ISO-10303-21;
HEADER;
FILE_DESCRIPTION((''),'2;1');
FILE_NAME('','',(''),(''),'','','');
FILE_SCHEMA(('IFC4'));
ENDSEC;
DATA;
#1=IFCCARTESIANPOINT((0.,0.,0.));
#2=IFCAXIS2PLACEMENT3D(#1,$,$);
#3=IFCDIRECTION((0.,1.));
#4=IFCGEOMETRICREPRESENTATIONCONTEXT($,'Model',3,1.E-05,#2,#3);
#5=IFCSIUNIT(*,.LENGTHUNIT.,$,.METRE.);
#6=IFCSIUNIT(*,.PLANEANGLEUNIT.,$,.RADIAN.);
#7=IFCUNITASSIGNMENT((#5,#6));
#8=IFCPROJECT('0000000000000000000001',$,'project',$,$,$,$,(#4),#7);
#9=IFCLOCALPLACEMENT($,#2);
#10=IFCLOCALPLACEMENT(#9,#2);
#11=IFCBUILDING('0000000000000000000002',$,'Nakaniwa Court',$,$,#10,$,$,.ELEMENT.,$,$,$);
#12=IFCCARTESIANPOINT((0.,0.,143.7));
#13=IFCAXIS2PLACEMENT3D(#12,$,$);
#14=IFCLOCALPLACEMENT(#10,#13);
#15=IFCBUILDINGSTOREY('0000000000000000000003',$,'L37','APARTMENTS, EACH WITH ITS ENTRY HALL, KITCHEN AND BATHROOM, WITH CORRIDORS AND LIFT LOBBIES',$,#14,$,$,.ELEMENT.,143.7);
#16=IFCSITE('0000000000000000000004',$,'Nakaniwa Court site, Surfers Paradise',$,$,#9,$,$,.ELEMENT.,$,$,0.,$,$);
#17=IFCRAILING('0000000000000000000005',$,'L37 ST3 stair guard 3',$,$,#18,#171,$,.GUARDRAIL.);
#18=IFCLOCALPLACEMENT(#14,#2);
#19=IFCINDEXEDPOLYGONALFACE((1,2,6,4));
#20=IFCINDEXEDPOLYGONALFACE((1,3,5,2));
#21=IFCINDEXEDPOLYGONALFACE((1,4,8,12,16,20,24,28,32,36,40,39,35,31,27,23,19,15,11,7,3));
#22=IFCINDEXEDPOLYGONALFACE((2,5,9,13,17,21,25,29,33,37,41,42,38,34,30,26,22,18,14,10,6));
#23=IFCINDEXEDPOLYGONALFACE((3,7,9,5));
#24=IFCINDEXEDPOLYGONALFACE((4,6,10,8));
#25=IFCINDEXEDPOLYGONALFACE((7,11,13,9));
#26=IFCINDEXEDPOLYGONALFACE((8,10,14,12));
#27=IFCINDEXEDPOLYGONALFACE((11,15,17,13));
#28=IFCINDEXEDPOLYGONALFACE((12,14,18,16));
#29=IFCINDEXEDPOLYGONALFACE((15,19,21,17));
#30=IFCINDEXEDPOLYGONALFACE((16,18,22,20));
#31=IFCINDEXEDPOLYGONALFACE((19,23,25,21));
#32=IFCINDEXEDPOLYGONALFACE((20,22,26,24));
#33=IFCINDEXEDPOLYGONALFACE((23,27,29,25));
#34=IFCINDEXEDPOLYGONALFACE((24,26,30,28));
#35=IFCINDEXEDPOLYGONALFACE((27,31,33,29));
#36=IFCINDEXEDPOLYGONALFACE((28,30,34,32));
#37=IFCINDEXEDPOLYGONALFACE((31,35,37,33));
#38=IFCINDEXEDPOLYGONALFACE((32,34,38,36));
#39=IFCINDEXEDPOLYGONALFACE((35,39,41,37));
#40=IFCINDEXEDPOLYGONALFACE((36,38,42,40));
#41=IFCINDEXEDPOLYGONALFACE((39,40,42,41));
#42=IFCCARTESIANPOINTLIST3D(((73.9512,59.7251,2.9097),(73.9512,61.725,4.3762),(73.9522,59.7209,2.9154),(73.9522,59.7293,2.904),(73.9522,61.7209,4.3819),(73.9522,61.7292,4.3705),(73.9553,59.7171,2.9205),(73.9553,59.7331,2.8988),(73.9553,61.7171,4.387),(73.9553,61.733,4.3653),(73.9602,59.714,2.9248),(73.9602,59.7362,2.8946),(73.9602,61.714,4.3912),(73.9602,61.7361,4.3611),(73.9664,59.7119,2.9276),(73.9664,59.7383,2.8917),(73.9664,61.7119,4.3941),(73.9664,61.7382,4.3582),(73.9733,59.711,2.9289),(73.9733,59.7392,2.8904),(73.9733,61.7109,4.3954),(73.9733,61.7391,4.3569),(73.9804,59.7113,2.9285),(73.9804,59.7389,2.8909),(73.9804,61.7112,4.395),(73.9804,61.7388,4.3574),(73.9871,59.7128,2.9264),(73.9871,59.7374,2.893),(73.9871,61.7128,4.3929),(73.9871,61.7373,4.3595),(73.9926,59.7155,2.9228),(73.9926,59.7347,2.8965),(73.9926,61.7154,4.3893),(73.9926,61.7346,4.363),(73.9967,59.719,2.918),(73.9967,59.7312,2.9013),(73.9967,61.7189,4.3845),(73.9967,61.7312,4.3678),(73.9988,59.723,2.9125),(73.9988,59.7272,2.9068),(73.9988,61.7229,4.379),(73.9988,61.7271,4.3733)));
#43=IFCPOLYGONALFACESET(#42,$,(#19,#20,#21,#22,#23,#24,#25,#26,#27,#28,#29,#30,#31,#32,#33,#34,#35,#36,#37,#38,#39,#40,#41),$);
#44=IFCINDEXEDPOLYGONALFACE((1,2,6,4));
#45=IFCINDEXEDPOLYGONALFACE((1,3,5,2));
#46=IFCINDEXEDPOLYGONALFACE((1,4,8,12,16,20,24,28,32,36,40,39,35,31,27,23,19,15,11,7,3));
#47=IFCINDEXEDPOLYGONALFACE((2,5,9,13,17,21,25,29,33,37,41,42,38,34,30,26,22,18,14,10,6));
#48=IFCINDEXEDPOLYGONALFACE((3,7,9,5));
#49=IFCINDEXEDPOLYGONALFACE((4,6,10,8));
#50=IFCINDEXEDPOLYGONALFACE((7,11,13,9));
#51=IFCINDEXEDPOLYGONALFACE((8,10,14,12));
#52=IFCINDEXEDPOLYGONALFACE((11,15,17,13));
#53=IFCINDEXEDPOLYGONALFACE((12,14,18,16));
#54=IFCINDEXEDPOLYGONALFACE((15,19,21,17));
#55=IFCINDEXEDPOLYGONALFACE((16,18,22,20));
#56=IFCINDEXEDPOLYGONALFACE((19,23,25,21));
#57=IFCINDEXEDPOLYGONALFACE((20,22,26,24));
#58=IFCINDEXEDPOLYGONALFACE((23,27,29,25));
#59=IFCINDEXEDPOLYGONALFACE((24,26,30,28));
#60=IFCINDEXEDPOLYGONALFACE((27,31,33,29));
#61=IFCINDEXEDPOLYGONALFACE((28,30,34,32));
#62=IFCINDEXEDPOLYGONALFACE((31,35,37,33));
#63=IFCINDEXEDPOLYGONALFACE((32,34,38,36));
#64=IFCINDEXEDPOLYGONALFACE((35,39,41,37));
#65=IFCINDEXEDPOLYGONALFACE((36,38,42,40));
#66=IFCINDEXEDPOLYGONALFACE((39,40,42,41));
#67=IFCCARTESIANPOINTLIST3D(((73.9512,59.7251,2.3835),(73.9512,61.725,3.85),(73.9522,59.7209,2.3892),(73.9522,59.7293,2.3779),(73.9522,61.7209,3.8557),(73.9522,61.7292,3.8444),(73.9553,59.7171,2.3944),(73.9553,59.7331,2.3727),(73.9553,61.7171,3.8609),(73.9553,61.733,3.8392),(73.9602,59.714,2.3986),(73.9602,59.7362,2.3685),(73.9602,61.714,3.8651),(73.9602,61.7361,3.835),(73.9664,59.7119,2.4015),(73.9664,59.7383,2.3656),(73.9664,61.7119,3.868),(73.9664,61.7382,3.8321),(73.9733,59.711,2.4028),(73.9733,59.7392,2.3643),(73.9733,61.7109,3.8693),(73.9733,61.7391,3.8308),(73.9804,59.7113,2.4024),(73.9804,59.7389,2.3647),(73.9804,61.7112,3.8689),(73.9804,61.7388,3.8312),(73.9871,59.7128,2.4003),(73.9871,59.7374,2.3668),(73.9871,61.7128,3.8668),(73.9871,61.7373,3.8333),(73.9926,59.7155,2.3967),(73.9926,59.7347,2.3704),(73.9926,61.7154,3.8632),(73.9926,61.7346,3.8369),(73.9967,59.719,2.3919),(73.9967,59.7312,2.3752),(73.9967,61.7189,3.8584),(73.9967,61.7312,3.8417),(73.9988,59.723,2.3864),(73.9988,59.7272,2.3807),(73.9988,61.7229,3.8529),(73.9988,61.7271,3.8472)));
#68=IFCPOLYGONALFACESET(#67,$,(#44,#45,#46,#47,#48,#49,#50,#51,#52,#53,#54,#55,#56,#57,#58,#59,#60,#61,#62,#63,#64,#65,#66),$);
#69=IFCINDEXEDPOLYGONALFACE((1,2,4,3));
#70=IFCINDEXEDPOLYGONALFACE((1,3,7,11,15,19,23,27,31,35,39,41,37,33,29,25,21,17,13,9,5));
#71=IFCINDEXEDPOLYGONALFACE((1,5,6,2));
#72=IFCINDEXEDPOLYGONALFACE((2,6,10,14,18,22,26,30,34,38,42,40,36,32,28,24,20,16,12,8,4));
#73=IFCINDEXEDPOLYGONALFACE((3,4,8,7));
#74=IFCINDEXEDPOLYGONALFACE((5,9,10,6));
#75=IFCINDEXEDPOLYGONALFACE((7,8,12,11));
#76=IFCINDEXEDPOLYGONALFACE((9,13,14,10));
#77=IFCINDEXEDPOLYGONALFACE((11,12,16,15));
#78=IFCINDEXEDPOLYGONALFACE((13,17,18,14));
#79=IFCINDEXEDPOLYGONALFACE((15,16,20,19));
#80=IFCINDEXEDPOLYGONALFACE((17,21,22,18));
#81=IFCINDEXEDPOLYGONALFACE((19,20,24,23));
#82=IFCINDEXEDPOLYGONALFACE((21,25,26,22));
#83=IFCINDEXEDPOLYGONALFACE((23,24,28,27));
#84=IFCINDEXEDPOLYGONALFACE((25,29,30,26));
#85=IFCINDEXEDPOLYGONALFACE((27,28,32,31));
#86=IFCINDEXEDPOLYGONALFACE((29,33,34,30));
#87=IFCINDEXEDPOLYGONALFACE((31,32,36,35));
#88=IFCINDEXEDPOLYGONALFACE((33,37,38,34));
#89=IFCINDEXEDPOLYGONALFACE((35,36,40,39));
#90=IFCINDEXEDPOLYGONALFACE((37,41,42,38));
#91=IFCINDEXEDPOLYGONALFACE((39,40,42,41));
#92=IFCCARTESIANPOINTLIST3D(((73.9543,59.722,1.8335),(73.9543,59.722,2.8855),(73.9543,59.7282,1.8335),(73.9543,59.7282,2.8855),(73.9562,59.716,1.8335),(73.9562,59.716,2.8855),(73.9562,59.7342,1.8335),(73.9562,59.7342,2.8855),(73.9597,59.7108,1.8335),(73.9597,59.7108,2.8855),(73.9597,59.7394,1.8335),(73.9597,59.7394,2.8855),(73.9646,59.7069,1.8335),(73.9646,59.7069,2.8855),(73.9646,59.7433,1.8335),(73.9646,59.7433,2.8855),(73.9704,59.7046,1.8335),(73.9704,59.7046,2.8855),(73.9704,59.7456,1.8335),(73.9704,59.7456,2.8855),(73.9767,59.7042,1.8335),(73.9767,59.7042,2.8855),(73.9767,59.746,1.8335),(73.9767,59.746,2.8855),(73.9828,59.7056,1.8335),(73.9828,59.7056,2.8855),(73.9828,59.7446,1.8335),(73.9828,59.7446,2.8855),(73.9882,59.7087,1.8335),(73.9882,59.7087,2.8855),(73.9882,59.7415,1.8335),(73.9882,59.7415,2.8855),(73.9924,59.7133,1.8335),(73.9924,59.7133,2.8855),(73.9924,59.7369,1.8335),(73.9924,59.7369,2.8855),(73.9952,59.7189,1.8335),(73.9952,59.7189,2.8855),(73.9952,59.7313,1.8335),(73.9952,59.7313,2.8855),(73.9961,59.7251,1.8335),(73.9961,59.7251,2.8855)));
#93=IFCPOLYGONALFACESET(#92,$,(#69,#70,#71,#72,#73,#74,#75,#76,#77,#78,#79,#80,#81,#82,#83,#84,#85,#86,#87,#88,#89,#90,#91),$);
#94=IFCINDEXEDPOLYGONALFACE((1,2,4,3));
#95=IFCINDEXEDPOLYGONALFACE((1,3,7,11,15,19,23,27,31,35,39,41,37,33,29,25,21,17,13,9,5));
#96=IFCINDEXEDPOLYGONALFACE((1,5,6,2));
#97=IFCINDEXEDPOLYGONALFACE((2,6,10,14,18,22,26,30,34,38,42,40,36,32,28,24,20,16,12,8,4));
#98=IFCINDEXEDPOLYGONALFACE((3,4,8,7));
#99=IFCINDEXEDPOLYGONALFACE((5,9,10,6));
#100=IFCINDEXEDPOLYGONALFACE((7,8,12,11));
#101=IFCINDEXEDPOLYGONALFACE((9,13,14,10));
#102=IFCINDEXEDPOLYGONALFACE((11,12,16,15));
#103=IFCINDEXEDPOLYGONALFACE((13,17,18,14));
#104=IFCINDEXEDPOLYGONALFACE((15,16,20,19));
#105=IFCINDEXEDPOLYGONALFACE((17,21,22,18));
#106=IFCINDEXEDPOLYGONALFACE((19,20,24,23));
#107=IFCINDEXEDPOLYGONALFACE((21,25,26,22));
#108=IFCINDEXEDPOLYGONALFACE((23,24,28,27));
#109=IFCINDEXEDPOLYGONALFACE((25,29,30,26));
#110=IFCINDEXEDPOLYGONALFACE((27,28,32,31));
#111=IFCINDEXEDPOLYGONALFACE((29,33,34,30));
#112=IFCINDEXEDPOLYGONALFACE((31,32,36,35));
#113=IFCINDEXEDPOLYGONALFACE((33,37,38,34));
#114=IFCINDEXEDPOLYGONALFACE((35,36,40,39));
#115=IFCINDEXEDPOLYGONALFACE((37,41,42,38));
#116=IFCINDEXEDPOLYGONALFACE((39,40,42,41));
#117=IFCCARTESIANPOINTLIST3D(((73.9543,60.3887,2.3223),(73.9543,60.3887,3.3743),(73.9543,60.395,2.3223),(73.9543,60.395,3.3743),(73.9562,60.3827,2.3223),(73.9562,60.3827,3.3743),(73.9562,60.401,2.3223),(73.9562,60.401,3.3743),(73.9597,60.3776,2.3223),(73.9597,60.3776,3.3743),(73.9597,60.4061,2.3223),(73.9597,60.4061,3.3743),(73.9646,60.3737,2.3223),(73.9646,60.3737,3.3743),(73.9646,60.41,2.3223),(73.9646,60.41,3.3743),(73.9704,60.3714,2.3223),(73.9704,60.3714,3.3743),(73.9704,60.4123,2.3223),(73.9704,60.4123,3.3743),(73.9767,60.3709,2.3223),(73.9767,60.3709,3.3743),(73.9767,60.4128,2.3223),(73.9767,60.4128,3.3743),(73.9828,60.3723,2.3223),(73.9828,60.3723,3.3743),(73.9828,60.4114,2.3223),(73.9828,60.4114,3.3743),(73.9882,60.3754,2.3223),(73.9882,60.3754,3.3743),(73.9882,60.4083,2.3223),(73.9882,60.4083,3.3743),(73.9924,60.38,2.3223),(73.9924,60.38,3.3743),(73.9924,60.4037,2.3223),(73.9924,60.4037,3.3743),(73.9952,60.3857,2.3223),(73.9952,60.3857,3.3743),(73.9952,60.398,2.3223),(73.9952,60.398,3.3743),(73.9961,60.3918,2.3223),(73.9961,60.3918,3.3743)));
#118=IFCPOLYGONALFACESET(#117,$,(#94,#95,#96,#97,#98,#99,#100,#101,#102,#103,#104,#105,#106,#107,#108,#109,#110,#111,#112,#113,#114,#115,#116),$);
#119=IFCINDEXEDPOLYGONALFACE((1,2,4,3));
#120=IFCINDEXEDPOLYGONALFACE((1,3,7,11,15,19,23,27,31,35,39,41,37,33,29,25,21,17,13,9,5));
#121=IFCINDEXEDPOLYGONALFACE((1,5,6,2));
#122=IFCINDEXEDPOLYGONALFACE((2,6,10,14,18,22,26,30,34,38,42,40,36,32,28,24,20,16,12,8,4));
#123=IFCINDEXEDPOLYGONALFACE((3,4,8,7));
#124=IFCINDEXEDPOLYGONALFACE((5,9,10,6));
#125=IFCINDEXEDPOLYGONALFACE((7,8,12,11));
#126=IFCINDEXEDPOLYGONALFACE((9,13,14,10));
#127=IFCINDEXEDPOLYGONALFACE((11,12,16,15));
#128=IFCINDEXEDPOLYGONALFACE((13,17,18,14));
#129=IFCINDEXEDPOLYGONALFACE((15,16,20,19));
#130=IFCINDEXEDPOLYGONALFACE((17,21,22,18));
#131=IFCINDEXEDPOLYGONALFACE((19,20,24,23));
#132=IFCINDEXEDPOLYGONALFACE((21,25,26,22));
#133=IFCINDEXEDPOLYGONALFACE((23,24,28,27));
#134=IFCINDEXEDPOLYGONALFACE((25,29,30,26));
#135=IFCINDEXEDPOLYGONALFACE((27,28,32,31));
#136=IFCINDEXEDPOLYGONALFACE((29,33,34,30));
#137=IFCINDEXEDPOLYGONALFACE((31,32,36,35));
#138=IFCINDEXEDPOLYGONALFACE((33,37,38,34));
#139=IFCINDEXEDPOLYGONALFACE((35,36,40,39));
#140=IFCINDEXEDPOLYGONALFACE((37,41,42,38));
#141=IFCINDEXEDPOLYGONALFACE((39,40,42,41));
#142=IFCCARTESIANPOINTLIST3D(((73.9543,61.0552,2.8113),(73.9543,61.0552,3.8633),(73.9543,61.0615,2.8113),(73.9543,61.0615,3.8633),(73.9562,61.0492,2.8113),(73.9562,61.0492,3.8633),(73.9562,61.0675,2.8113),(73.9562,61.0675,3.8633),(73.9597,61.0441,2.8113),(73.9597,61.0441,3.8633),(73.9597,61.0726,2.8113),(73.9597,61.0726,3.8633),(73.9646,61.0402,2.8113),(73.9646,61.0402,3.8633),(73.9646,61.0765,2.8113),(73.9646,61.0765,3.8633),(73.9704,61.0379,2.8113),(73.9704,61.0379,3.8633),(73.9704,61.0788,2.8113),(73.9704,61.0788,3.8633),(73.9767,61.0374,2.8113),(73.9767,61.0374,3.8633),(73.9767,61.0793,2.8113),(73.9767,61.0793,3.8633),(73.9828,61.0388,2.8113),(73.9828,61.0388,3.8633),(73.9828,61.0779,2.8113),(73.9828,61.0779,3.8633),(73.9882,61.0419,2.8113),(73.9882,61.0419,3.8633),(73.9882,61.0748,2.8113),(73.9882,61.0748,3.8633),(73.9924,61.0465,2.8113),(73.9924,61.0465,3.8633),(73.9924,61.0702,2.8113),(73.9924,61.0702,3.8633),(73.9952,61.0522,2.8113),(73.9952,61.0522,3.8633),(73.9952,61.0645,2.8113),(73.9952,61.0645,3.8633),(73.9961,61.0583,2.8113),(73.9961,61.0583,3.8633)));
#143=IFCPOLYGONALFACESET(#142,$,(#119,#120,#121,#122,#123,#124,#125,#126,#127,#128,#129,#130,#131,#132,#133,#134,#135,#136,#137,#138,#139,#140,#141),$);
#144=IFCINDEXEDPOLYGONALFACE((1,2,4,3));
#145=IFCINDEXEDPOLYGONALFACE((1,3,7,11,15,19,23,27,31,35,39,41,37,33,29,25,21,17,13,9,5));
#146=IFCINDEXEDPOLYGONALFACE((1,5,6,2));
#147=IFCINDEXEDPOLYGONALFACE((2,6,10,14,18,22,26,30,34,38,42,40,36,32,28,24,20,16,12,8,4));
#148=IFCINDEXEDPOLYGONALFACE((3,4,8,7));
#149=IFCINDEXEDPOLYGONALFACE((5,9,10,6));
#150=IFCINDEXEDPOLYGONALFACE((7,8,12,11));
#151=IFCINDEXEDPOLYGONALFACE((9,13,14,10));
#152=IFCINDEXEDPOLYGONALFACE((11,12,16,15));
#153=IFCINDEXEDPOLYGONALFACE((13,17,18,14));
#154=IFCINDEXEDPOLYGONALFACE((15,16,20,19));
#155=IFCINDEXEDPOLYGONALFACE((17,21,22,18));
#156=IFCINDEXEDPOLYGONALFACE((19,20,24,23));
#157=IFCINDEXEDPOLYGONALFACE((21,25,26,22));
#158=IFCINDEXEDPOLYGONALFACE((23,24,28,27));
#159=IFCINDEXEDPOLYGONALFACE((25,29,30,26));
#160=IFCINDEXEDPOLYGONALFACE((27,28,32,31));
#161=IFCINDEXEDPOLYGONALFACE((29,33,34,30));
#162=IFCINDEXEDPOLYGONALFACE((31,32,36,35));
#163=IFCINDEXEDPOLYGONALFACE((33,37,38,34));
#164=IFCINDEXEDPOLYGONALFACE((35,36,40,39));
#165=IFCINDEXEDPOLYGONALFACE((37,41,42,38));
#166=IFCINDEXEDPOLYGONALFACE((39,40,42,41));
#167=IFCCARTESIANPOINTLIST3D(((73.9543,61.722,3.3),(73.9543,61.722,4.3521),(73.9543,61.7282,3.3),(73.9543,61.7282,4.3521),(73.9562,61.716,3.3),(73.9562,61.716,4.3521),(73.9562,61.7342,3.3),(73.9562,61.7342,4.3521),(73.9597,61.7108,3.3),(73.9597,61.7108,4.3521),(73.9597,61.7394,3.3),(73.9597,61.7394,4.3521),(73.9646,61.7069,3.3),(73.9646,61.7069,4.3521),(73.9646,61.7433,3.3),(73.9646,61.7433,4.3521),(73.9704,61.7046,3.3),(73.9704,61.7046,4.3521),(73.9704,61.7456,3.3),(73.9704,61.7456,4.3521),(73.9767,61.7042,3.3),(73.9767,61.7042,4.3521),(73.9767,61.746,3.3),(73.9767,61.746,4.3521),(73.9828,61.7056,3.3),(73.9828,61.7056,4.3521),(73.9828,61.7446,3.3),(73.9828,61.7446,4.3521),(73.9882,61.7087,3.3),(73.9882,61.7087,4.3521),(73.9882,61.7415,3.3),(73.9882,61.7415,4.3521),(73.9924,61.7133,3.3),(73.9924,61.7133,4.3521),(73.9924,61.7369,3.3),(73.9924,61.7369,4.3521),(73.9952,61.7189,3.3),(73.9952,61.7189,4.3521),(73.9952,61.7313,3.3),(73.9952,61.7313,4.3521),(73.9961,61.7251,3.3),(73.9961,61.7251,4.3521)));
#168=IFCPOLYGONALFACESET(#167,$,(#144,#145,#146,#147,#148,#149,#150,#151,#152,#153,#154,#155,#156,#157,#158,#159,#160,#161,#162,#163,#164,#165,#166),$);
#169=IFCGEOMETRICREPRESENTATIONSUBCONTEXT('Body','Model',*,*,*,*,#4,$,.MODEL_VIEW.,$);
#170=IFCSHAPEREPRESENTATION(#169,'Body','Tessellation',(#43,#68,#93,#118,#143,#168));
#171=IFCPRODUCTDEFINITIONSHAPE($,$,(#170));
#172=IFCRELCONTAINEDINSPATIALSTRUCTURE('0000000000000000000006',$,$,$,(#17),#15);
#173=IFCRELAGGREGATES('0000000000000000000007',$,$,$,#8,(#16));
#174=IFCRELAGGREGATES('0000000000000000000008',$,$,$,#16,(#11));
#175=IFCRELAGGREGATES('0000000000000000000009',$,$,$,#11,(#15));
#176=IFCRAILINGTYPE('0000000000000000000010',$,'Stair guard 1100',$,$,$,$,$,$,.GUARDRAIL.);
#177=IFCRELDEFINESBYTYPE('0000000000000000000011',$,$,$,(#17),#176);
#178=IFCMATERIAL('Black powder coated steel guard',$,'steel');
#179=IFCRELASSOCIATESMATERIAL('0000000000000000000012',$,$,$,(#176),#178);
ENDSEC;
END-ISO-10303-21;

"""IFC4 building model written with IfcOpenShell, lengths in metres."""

from ifc_helpers import new_model, si_unit, direction, frame, origin, origin_2d, place, context, subcontext, project, spatial, circle, extrude, material, type_object, element, save


model = new_model("IFC4")

# Units and contexts
model_context = context("Model", 3, precision=1e-05, world=origin(), true_north=direction((0.0, 1.0)))
body_context = subcontext(model_context, "Body", "Model", "MODEL_VIEW")
ifc_project = project(units=[si_unit("LENGTHUNIT", "METRE"), si_unit("PLANEANGLEUNIT", "RADIAN")], contexts=[model_context])

# Site, building, storey
site_placement = place(None, origin())
site = spatial("IfcSite", under=ifc_project, at=site_placement, Name="Nakaniwa Court site, Surfers Paradise", CompositionType="ELEMENT", RefElevation=0.0)
building_placement = place(site_placement, origin())
building = spatial("IfcBuilding", under=site, at=building_placement, Name="Nakaniwa Court", CompositionType="ELEMENT")
storey_placement = place(building_placement, frame((0.0, 0.0, 143.7)))
storey = spatial("IfcBuildingStorey", under=building, at=storey_placement, Name="L37", Description="APARTMENTS, EACH WITH ITS ENTRY HALL, KITCHEN AND BATHROOM, WITH CORRIDORS AND LIFT LOBBIES", CompositionType="ELEMENT", Elevation=143.7)

# Railing
ifc_material_1 = material(Name="Black powder coated steel guard", Category="steel")
railing_type_1 = type_object("IfcRailingType", Name="Stair guard 1100", PredefinedType="GUARDRAIL", material=ifc_material_1)
railing_1_placement = place(storey_placement, frame((73.9751, 59.7251, 1.8335)))
element("IfcRailing", 1, at=railing_1_placement, inside=storey, type_object=railing_type_1, Name="L37 ST3 stair guard 3", PredefinedType="GUARDRAIL", context=body_context, shape_type="SweptSolid", body=[
    extrude(circle(Radius=0.0239, at=origin_2d()), frame((0.0, 0.0, 1.0762), z_axis=(0.0, 0.806427, 0.591334), x_axis=(-1.0, 0.0, 0.0)), (0.0, 0.0, 1.0), 2.48),
    extrude(circle(Radius=0.0239, at=origin_2d()), frame((0.0, 0.0, 0.55), z_axis=(0.0, 0.806427, 0.591334), x_axis=(-1.0, 0.0, 0.0)), (0.0, 0.0, 1.0), 2.48),
    extrude(circle(Radius=0.021, at=origin_2d()), origin(), (0.0, 0.0, 1.0), 1.052),
    extrude(circle(Radius=0.021, at=origin_2d()), frame((0.0, 0.6667, 0.4888)), (0.0, 0.0, 1.0), 1.052),
    extrude(circle(Radius=0.021, at=origin_2d()), frame((0.0, 1.3333, 0.9778)), (0.0, 0.0, 1.0), 1.052),
    extrude(circle(Radius=0.021, at=origin_2d()), frame((0.0, 2.0, 1.4666)), (0.0, 0.0, 1.0), 1.052),
])

save(model, "model.ifc")
